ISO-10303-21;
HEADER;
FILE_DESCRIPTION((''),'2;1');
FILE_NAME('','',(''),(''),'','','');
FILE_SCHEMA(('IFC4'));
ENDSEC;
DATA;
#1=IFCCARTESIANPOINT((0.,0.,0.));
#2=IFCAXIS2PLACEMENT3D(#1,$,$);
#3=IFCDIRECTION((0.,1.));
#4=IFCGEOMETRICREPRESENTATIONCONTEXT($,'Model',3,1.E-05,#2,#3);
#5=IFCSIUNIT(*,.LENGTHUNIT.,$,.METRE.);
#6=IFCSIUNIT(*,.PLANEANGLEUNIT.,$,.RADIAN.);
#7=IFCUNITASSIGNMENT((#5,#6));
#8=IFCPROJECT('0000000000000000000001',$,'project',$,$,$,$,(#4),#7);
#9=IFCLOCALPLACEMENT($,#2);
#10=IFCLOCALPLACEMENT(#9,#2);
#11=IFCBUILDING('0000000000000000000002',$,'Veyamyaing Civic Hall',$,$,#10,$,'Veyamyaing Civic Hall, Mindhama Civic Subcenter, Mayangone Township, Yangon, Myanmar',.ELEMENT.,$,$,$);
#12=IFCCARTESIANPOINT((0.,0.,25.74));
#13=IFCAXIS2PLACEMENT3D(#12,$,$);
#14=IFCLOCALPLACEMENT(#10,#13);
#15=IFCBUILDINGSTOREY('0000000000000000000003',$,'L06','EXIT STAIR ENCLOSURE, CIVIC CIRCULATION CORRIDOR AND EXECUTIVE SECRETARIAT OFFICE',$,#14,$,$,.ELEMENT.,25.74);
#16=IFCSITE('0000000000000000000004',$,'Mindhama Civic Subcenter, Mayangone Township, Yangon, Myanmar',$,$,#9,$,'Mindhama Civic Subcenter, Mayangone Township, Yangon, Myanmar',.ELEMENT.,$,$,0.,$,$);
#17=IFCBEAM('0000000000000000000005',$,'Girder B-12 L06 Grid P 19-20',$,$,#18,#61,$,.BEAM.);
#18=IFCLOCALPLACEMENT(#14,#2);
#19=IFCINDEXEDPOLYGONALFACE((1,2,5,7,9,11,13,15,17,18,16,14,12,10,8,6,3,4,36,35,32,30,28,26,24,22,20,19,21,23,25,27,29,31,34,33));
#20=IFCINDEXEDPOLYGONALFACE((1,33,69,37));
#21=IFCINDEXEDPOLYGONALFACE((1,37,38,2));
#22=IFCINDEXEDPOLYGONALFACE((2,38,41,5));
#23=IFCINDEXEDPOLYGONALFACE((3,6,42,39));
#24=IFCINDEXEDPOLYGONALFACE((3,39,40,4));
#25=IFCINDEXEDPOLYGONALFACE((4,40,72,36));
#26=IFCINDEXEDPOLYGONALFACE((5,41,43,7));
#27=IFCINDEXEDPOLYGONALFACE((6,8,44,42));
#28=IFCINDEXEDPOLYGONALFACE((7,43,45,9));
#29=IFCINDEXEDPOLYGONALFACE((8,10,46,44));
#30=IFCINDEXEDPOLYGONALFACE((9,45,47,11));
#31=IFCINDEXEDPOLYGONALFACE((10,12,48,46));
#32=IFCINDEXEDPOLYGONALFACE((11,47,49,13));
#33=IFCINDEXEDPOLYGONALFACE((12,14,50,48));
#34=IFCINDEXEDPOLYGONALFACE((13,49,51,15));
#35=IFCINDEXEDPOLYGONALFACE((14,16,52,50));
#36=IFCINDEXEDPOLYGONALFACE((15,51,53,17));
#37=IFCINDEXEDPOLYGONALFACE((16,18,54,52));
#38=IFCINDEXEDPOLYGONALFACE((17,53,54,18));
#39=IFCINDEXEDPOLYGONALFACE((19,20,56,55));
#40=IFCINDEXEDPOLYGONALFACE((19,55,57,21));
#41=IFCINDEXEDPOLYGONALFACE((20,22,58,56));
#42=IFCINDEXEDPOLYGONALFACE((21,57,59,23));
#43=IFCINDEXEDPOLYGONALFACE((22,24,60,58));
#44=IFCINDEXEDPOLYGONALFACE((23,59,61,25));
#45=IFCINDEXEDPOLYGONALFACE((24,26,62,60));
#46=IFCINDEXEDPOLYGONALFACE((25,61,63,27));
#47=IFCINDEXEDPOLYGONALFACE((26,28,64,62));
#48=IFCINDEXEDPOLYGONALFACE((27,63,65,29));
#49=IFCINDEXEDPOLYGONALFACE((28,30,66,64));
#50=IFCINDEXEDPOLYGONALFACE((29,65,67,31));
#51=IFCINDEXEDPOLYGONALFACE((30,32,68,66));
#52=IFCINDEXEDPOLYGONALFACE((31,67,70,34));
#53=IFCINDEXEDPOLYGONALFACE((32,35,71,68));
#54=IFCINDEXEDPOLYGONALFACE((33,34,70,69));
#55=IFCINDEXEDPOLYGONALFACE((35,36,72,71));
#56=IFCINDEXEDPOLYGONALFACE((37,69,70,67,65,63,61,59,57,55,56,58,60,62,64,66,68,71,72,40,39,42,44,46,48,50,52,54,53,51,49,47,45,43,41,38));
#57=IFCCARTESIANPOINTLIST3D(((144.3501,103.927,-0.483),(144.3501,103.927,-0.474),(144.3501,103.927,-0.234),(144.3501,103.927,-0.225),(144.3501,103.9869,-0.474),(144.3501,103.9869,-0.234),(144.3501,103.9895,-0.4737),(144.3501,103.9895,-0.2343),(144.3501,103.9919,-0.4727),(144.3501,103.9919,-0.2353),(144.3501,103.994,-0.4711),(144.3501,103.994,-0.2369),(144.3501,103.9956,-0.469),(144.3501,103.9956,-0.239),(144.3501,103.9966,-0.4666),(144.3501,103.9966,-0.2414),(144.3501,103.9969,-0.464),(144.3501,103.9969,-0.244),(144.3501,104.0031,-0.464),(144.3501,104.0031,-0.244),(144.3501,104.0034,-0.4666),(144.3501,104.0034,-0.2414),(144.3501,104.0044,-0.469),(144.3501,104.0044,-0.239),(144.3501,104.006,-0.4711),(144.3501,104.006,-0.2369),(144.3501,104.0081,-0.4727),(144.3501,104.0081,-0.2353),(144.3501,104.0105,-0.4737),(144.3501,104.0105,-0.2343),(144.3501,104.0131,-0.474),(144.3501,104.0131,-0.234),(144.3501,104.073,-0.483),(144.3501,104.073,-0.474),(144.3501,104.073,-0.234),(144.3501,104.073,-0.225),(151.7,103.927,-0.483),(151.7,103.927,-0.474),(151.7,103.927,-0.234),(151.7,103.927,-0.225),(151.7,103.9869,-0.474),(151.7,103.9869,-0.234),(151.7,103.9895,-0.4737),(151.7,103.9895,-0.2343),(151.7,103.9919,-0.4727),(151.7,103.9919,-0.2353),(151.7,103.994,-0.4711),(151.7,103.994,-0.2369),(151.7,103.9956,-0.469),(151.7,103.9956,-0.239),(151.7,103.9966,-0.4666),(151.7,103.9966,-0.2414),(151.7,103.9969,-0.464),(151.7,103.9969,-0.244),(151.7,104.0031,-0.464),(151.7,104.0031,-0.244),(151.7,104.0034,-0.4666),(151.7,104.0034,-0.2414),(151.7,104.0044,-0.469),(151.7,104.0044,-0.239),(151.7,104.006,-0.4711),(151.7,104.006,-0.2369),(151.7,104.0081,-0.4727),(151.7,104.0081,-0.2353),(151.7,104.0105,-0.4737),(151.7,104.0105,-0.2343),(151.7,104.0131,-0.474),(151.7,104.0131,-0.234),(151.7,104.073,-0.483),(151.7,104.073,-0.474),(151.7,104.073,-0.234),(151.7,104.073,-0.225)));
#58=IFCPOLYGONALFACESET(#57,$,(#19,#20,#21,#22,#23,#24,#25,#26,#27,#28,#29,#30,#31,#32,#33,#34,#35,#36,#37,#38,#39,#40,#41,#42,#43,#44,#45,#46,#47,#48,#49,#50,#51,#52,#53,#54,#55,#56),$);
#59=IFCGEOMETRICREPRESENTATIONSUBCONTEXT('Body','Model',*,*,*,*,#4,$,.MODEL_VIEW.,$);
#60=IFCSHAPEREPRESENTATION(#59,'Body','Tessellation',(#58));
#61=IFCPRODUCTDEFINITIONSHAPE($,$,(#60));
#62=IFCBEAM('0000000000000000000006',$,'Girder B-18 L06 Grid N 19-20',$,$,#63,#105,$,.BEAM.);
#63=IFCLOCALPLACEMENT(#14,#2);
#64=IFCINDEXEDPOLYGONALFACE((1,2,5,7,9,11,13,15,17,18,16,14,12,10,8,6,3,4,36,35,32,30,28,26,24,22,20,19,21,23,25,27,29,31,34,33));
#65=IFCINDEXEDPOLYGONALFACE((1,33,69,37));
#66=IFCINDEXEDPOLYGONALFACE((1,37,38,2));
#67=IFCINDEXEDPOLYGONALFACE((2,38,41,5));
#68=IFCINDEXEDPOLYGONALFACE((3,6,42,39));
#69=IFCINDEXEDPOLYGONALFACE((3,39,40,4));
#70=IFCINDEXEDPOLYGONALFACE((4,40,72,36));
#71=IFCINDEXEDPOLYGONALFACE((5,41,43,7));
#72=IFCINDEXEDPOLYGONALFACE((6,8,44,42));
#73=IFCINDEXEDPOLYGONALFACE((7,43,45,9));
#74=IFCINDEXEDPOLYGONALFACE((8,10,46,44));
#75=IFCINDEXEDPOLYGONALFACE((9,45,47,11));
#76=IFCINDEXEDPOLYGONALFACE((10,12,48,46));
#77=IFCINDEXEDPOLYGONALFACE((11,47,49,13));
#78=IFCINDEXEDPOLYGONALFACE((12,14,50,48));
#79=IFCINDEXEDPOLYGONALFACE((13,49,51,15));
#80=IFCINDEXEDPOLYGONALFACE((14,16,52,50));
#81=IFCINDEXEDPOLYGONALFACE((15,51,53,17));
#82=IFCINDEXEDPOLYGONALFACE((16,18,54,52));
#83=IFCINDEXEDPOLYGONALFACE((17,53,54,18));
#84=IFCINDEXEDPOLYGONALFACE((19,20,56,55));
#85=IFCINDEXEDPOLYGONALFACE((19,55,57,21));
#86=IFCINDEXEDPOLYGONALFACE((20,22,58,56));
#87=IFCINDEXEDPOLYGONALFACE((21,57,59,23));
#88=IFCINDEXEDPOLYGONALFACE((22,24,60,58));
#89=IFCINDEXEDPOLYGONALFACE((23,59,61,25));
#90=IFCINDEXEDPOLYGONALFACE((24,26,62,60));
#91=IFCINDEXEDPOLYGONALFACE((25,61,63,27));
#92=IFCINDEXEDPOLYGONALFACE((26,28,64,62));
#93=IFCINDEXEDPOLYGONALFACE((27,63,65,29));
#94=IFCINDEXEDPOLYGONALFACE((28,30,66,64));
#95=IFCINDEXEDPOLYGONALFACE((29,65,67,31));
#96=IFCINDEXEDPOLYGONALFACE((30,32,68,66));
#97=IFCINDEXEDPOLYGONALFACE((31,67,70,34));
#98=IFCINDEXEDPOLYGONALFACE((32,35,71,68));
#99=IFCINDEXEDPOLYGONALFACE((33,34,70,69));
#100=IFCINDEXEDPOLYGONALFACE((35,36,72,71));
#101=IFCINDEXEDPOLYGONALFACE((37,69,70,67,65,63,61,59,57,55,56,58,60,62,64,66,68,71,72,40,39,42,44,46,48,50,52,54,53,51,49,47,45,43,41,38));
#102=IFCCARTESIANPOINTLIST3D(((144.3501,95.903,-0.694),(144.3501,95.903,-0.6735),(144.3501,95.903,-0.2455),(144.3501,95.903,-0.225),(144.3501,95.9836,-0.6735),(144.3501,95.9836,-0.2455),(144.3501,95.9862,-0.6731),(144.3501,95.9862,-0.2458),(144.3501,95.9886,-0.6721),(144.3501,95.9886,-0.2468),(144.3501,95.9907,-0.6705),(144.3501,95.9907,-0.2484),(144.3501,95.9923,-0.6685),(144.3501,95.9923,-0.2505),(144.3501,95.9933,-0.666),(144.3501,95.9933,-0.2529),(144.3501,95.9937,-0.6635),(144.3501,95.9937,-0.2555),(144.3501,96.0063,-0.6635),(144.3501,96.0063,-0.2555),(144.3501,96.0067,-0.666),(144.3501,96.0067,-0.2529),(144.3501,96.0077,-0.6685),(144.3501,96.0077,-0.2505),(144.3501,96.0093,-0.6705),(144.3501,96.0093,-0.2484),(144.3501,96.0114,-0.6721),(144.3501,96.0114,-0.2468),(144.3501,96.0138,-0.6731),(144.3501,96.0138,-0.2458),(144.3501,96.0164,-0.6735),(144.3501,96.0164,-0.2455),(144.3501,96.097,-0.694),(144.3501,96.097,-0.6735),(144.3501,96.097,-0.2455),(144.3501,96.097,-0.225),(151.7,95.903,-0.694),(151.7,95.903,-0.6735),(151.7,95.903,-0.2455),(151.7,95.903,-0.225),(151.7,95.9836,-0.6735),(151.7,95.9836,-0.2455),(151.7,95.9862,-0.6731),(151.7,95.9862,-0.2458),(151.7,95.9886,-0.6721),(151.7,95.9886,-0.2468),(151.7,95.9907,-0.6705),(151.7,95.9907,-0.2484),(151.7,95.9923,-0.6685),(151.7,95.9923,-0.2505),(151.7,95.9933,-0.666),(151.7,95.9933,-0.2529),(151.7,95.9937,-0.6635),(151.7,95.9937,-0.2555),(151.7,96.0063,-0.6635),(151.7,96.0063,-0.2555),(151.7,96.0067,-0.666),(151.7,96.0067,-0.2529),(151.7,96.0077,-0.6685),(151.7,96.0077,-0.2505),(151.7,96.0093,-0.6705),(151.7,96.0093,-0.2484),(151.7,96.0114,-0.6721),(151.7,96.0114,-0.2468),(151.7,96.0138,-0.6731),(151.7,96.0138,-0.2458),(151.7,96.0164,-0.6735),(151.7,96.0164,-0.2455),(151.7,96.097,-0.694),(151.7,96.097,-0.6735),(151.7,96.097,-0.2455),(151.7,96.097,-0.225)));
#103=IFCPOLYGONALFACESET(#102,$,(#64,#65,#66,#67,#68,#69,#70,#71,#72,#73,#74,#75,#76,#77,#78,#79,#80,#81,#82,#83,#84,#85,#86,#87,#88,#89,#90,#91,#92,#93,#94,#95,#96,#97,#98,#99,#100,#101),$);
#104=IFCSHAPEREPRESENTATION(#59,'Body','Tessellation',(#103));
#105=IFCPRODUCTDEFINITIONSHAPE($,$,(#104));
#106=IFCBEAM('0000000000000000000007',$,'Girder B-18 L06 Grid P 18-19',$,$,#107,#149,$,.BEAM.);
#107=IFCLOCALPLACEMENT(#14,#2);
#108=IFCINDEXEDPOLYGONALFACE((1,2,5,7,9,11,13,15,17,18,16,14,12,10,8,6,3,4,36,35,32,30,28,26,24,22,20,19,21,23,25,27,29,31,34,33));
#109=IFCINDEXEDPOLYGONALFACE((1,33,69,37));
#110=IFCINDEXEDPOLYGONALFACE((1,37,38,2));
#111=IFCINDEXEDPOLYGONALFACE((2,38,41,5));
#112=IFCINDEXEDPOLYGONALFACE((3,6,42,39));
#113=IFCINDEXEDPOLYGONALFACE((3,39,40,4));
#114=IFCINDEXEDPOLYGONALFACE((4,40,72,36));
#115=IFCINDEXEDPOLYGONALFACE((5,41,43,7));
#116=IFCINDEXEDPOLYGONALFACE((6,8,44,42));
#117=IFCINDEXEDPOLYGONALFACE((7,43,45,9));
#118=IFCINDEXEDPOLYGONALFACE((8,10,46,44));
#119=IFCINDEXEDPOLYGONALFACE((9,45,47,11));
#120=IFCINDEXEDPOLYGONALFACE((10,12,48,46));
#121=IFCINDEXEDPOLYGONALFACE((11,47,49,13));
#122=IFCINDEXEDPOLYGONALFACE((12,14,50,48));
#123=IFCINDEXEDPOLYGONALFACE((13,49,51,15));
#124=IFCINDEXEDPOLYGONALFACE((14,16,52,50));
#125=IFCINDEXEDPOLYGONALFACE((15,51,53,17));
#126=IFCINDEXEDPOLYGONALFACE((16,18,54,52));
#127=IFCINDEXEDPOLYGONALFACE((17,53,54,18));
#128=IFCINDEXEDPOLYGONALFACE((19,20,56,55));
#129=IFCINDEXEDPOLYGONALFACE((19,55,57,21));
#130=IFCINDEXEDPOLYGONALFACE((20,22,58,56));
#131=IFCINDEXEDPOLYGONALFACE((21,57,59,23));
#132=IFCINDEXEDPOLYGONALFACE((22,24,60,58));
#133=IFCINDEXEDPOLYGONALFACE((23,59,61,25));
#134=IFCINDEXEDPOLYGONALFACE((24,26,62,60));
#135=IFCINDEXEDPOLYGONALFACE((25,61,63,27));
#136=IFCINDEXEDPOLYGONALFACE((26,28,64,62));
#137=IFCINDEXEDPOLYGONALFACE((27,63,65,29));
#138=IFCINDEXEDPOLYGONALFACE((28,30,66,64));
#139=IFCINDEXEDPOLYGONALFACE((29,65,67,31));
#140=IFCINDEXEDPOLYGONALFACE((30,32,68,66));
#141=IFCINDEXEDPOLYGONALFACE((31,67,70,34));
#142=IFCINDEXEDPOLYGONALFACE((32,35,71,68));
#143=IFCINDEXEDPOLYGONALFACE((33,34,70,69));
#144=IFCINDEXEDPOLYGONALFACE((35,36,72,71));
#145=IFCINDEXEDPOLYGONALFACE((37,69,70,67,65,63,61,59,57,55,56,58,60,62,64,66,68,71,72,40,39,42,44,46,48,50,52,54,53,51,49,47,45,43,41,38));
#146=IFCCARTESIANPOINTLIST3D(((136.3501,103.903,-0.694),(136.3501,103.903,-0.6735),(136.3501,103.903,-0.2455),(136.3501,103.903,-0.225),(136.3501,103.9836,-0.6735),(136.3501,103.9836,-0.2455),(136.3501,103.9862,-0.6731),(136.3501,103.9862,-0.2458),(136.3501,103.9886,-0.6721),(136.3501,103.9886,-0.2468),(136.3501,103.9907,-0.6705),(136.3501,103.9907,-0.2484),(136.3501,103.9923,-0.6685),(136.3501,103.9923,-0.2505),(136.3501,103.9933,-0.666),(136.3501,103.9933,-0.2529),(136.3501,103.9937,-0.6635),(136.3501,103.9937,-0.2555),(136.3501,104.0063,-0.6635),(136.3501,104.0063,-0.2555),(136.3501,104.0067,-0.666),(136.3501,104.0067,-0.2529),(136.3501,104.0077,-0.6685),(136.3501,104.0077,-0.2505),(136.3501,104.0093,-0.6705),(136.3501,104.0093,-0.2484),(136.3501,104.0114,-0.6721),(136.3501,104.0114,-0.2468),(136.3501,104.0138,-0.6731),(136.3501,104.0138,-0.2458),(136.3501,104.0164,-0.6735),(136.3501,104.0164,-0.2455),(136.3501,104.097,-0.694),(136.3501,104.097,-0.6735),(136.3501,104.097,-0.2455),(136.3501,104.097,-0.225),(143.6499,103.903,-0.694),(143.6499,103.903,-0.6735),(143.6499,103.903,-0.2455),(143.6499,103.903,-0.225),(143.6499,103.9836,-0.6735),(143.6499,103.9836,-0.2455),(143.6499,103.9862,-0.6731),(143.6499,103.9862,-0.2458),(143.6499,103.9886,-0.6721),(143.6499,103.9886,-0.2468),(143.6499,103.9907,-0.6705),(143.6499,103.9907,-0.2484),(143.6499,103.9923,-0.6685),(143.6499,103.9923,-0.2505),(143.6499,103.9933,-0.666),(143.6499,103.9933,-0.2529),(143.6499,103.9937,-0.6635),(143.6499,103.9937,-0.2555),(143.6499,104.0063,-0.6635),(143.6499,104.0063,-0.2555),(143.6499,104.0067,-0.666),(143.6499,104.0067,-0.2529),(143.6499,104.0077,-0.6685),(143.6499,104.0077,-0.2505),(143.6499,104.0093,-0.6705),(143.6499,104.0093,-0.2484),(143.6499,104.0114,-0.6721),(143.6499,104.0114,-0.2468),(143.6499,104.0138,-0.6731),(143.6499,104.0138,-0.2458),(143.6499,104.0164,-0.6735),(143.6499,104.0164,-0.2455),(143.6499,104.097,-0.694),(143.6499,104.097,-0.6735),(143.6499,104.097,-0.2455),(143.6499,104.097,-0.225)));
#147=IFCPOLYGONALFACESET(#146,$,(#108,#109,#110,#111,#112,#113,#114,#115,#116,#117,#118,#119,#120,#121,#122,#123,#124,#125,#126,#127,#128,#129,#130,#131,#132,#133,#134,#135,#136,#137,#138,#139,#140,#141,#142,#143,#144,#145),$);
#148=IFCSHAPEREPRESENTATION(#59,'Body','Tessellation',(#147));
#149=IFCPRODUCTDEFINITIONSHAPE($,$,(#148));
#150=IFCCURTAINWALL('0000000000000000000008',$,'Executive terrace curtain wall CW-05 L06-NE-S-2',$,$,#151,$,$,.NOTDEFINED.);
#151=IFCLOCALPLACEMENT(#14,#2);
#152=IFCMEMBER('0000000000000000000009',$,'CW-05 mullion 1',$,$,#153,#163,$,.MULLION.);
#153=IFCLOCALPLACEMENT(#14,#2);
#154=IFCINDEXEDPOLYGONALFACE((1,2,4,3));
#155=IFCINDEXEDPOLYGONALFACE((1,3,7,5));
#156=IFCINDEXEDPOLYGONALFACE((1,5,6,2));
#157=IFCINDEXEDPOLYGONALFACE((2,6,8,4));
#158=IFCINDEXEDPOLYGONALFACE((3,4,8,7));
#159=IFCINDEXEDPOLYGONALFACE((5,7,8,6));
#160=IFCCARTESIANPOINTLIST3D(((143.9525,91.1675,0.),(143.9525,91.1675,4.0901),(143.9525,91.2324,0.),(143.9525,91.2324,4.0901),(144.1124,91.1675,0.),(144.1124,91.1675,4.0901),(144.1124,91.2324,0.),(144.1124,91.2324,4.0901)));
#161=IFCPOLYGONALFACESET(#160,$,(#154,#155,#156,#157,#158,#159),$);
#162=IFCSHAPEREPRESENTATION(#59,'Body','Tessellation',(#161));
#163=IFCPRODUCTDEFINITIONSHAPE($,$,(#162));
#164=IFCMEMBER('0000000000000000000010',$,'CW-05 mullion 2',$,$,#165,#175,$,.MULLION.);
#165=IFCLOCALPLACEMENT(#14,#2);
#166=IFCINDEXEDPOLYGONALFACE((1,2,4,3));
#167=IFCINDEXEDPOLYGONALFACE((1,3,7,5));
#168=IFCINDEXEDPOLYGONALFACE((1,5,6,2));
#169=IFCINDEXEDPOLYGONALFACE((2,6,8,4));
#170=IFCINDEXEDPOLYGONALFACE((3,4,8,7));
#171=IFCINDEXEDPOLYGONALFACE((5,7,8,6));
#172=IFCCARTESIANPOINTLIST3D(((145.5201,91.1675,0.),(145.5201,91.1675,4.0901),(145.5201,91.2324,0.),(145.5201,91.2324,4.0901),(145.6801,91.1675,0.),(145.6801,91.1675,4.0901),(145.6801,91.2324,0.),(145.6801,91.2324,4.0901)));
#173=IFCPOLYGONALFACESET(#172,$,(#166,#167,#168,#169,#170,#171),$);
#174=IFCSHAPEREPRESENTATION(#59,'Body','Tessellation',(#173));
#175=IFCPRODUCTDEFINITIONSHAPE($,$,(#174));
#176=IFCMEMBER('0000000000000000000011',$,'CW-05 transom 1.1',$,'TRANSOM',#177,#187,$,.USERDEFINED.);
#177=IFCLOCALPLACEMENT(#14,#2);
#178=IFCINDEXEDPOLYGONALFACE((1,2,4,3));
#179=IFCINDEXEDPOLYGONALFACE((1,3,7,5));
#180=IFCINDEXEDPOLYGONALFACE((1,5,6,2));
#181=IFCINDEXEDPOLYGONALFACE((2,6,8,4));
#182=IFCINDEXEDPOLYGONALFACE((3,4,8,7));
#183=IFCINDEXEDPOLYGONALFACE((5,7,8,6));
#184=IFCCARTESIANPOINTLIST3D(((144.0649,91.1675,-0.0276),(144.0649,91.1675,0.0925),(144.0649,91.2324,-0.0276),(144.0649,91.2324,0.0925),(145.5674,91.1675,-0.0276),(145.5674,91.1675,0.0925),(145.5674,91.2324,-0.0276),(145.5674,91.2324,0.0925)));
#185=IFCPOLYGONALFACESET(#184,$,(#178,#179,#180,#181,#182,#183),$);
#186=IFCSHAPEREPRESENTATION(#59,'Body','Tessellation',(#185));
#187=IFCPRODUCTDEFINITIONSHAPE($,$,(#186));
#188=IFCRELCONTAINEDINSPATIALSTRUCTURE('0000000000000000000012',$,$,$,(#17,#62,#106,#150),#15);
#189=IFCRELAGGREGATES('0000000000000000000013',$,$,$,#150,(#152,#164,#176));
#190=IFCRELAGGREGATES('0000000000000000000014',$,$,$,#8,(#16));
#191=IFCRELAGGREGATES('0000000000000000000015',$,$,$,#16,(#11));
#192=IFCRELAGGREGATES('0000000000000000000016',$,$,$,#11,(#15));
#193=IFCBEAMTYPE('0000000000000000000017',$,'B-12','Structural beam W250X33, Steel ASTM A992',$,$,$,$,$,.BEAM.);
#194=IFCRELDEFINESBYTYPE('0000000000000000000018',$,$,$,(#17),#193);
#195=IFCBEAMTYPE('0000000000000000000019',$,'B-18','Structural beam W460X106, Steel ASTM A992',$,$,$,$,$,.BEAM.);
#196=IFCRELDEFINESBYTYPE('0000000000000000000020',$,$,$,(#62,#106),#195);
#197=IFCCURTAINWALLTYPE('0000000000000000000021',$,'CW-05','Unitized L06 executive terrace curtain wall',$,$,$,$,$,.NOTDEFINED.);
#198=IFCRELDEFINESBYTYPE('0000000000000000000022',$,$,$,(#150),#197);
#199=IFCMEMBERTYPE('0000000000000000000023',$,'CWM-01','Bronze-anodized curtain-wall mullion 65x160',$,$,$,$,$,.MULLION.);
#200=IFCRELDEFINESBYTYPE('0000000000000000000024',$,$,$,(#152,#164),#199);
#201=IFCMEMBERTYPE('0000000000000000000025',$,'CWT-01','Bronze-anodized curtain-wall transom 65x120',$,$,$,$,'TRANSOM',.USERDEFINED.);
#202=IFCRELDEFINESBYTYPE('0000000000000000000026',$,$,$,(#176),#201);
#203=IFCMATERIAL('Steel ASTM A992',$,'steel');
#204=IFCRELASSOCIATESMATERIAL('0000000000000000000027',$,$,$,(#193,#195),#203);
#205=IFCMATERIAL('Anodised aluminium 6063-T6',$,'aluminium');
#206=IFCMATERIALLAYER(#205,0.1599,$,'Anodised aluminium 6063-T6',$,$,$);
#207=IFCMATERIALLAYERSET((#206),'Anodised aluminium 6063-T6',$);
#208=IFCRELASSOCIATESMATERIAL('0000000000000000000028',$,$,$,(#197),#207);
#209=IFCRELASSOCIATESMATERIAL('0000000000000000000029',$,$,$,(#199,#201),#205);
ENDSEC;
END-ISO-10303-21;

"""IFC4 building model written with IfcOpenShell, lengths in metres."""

from ifc_helpers import new_model, si_unit, direction, frame, origin, origin_2d, place, context, subcontext, project, spatial, rectangle, i_section, extrude, material, layer, layer_set, material_profile, profile_set, type_object, element, aggregate, save


model = new_model("IFC4")

# Units and contexts
model_context = context("Model", 3, precision=1e-05, world=origin(), true_north=direction((0.0, 1.0)))
body_context = subcontext(model_context, "Body", "Model", "MODEL_VIEW")
ifc_project = project(units=[si_unit("LENGTHUNIT", "METRE"), si_unit("PLANEANGLEUNIT", "RADIAN")], contexts=[model_context])

# Site, building, storey
site_placement = place(None, origin())
site = spatial("IfcSite", under=ifc_project, at=site_placement, Name="Mindhama Civic Subcenter, Mayangone Township, Yangon, Myanmar", LongName="Mindhama Civic Subcenter, Mayangone Township, Yangon, Myanmar", CompositionType="ELEMENT", RefElevation=0.0)
building_placement = place(site_placement, origin())
building = spatial("IfcBuilding", under=site, at=building_placement, Name="Veyamyaing Civic Hall", LongName="Veyamyaing Civic Hall, Mindhama Civic Subcenter, Mayangone Township, Yangon, Myanmar", CompositionType="ELEMENT")
storey_placement = place(building_placement, frame((0.0, 0.0, 25.74)))
storey = spatial("IfcBuildingStorey", under=building, at=storey_placement, Name="L06", Description="EXIT STAIR ENCLOSURE, CIVIC CIRCULATION CORRIDOR AND EXECUTIVE SECRETARIAT OFFICE", CompositionType="ELEMENT", Elevation=25.74)

# Beams
ifc_material_1 = material(Name="Steel ASTM A992", Category="steel")
ifc_material_profile_1 = material_profile(ifc_material_1, i_section(OverallWidth=0.146, OverallDepth=0.2581, WebThickness=0.0061, FlangeThickness=0.009, FilletRadius=0.01, at=origin_2d()), Name="W250X33")
ifc_profile_set_1 = profile_set([ifc_material_profile_1], Name="Steel ASTM A992")
beam_type_1 = type_object("IfcBeamType", Name="B-12", Description="Structural beam W250X33, Steel ASTM A992", PredefinedType="BEAM", material=ifc_profile_set_1)
beam_1_placement = place(storey_placement, frame((144.3501, 104.0, -0.354), z_axis=(1.0, 0.0, 0.0), x_axis=(0.0, 1.0, 0.0)))
element("IfcBeam", 1, at=beam_1_placement, inside=storey, type_object=beam_type_1, Name="Girder B-12 L06 Grid P 19-20", PredefinedType="BEAM", context=body_context, shape_type="SweptSolid", body=[
    extrude(i_section(OverallWidth=0.146, OverallDepth=0.2581, WebThickness=0.0061, FlangeThickness=0.009, FilletRadius=0.01, at=origin_2d()), origin(), (0.0, 0.0, 1.0), 7.3499),
])
ifc_material_profile_2 = material_profile(ifc_material_1, i_section(OverallWidth=0.1941, OverallDepth=0.469, WebThickness=0.0127, FlangeThickness=0.0205, FilletRadius=0.01, at=origin_2d()), Name="W460X106")
ifc_profile_set_2 = profile_set([ifc_material_profile_2], Name="Steel ASTM A992")
beam_type_2 = type_object("IfcBeamType", Name="B-18", Description="Structural beam W460X106, Steel ASTM A992", PredefinedType="BEAM", material=ifc_profile_set_2)
beam_2_placement = place(storey_placement, frame((144.3501, 96.0, -0.4595), z_axis=(1.0, 0.0, 0.0), x_axis=(0.0, 1.0, 0.0)))
element("IfcBeam", 2, at=beam_2_placement, inside=storey, type_object=beam_type_2, Name="Girder B-18 L06 Grid N 19-20", PredefinedType="BEAM", context=body_context, shape_type="SweptSolid", body=[
    extrude(i_section(OverallWidth=0.1941, OverallDepth=0.469, WebThickness=0.0127, FlangeThickness=0.0205, FilletRadius=0.01, at=origin_2d()), origin(), (0.0, 0.0, 1.0), 7.3499),
])
beam_3_placement = place(storey_placement, frame((136.3501, 104.0, -0.4595), z_axis=(1.0, 0.0, 0.0), x_axis=(0.0, 1.0, 0.0)))
element("IfcBeam", 3, at=beam_3_placement, inside=storey, type_object=beam_type_2, Name="Girder B-18 L06 Grid P 18-19", PredefinedType="BEAM", context=body_context, shape_type="SweptSolid", body=[
    extrude(i_section(OverallWidth=0.1941, OverallDepth=0.469, WebThickness=0.0127, FlangeThickness=0.0205, FilletRadius=0.01, at=origin_2d()), origin(), (0.0, 0.0, 1.0), 7.2998),
])

# Curtain wall, members
ifc_material_2 = material(Name="Anodised aluminium 6063-T6", Category="aluminium")
ifc_layer_1 = layer(ifc_material_2, 0.1599, Name="Anodised aluminium 6063-T6")
ifc_layer_set_1 = layer_set([ifc_layer_1], Name="Anodised aluminium 6063-T6")
curtain_wall_type = type_object("IfcCurtainWallType", Name="CW-05", Description="Unitized L06 executive terrace curtain wall", PredefinedType="NOTDEFINED", material=ifc_layer_set_1)
curtain_wall_placement = place(storey_placement, origin())
curtain_wall = element("IfcCurtainWall", 4, at=curtain_wall_placement, inside=storey, type_object=curtain_wall_type, Name="Executive terrace curtain wall CW-05 L06-NE-S-2", PredefinedType="NOTDEFINED")
ifc_material_profile_3 = material_profile(ifc_material_2, rectangle(XDim=0.0649, YDim=0.1599, at=origin_2d()), Name="ALU-MUL-65X160")
ifc_profile_set_3 = profile_set([ifc_material_profile_3], Name="Anodised aluminium 6063-T6")
member_type_1 = type_object("IfcMemberType", Name="CWM-01", Description="Bronze-anodized curtain-wall mullion 65x160", PredefinedType="MULLION", material=ifc_profile_set_3)
member_1_placement = place(storey_placement, frame((144.0325, 91.2, 0.0), z_axis=(0.0, 0.0, 1.0), x_axis=(0.0, 1.0, 0.0)))
member_1 = element("IfcMember", 5, at=member_1_placement, type_object=member_type_1, Name="CW-05 mullion 1", PredefinedType="MULLION", context=body_context, shape_type="SweptSolid", body=[
    extrude(rectangle(XDim=0.0649, YDim=0.1599, at=origin_2d()), origin(), (0.0, 0.0, 1.0), 4.0901),
])
member_2_placement = place(storey_placement, frame((145.6001, 91.2, 0.0), z_axis=(0.0, 0.0, 1.0), x_axis=(0.0, 1.0, 0.0)))
member_2 = element("IfcMember", 6, at=member_2_placement, type_object=member_type_1, Name="CW-05 mullion 2", PredefinedType="MULLION", context=body_context, shape_type="SweptSolid", body=[
    extrude(rectangle(XDim=0.0649, YDim=0.1599, at=origin_2d()), origin(), (0.0, 0.0, 1.0), 4.0901),
])
ifc_material_profile_4 = material_profile(ifc_material_2, rectangle(XDim=0.0649, YDim=0.1201, at=origin_2d()), Name="ALU-TRN-65X120")
ifc_profile_set_4 = profile_set([ifc_material_profile_4], Name="Anodised aluminium 6063-T6")
member_type_2 = type_object("IfcMemberType", Name="CWT-01", Description="Bronze-anodized curtain-wall transom 65x120", ElementType="TRANSOM", PredefinedType="USERDEFINED", material=ifc_profile_set_4)
member_3_placement = place(storey_placement, frame((144.0649, 91.2, 0.0325), z_axis=(1.0, 0.0, 0.0), x_axis=(0.0, 1.0, 0.0)))
member_3 = element("IfcMember", 7, at=member_3_placement, type_object=member_type_2, Name="CW-05 transom 1.1", ObjectType="TRANSOM", PredefinedType="USERDEFINED", context=body_context, shape_type="SweptSolid", body=[
    extrude(rectangle(XDim=0.0649, YDim=0.1201, at=origin_2d()), origin(), (0.0, 0.0, 1.0), 1.5024),
])

aggregate(curtain_wall, [member_1, member_2, member_3])

save(model, "model.ifc")
